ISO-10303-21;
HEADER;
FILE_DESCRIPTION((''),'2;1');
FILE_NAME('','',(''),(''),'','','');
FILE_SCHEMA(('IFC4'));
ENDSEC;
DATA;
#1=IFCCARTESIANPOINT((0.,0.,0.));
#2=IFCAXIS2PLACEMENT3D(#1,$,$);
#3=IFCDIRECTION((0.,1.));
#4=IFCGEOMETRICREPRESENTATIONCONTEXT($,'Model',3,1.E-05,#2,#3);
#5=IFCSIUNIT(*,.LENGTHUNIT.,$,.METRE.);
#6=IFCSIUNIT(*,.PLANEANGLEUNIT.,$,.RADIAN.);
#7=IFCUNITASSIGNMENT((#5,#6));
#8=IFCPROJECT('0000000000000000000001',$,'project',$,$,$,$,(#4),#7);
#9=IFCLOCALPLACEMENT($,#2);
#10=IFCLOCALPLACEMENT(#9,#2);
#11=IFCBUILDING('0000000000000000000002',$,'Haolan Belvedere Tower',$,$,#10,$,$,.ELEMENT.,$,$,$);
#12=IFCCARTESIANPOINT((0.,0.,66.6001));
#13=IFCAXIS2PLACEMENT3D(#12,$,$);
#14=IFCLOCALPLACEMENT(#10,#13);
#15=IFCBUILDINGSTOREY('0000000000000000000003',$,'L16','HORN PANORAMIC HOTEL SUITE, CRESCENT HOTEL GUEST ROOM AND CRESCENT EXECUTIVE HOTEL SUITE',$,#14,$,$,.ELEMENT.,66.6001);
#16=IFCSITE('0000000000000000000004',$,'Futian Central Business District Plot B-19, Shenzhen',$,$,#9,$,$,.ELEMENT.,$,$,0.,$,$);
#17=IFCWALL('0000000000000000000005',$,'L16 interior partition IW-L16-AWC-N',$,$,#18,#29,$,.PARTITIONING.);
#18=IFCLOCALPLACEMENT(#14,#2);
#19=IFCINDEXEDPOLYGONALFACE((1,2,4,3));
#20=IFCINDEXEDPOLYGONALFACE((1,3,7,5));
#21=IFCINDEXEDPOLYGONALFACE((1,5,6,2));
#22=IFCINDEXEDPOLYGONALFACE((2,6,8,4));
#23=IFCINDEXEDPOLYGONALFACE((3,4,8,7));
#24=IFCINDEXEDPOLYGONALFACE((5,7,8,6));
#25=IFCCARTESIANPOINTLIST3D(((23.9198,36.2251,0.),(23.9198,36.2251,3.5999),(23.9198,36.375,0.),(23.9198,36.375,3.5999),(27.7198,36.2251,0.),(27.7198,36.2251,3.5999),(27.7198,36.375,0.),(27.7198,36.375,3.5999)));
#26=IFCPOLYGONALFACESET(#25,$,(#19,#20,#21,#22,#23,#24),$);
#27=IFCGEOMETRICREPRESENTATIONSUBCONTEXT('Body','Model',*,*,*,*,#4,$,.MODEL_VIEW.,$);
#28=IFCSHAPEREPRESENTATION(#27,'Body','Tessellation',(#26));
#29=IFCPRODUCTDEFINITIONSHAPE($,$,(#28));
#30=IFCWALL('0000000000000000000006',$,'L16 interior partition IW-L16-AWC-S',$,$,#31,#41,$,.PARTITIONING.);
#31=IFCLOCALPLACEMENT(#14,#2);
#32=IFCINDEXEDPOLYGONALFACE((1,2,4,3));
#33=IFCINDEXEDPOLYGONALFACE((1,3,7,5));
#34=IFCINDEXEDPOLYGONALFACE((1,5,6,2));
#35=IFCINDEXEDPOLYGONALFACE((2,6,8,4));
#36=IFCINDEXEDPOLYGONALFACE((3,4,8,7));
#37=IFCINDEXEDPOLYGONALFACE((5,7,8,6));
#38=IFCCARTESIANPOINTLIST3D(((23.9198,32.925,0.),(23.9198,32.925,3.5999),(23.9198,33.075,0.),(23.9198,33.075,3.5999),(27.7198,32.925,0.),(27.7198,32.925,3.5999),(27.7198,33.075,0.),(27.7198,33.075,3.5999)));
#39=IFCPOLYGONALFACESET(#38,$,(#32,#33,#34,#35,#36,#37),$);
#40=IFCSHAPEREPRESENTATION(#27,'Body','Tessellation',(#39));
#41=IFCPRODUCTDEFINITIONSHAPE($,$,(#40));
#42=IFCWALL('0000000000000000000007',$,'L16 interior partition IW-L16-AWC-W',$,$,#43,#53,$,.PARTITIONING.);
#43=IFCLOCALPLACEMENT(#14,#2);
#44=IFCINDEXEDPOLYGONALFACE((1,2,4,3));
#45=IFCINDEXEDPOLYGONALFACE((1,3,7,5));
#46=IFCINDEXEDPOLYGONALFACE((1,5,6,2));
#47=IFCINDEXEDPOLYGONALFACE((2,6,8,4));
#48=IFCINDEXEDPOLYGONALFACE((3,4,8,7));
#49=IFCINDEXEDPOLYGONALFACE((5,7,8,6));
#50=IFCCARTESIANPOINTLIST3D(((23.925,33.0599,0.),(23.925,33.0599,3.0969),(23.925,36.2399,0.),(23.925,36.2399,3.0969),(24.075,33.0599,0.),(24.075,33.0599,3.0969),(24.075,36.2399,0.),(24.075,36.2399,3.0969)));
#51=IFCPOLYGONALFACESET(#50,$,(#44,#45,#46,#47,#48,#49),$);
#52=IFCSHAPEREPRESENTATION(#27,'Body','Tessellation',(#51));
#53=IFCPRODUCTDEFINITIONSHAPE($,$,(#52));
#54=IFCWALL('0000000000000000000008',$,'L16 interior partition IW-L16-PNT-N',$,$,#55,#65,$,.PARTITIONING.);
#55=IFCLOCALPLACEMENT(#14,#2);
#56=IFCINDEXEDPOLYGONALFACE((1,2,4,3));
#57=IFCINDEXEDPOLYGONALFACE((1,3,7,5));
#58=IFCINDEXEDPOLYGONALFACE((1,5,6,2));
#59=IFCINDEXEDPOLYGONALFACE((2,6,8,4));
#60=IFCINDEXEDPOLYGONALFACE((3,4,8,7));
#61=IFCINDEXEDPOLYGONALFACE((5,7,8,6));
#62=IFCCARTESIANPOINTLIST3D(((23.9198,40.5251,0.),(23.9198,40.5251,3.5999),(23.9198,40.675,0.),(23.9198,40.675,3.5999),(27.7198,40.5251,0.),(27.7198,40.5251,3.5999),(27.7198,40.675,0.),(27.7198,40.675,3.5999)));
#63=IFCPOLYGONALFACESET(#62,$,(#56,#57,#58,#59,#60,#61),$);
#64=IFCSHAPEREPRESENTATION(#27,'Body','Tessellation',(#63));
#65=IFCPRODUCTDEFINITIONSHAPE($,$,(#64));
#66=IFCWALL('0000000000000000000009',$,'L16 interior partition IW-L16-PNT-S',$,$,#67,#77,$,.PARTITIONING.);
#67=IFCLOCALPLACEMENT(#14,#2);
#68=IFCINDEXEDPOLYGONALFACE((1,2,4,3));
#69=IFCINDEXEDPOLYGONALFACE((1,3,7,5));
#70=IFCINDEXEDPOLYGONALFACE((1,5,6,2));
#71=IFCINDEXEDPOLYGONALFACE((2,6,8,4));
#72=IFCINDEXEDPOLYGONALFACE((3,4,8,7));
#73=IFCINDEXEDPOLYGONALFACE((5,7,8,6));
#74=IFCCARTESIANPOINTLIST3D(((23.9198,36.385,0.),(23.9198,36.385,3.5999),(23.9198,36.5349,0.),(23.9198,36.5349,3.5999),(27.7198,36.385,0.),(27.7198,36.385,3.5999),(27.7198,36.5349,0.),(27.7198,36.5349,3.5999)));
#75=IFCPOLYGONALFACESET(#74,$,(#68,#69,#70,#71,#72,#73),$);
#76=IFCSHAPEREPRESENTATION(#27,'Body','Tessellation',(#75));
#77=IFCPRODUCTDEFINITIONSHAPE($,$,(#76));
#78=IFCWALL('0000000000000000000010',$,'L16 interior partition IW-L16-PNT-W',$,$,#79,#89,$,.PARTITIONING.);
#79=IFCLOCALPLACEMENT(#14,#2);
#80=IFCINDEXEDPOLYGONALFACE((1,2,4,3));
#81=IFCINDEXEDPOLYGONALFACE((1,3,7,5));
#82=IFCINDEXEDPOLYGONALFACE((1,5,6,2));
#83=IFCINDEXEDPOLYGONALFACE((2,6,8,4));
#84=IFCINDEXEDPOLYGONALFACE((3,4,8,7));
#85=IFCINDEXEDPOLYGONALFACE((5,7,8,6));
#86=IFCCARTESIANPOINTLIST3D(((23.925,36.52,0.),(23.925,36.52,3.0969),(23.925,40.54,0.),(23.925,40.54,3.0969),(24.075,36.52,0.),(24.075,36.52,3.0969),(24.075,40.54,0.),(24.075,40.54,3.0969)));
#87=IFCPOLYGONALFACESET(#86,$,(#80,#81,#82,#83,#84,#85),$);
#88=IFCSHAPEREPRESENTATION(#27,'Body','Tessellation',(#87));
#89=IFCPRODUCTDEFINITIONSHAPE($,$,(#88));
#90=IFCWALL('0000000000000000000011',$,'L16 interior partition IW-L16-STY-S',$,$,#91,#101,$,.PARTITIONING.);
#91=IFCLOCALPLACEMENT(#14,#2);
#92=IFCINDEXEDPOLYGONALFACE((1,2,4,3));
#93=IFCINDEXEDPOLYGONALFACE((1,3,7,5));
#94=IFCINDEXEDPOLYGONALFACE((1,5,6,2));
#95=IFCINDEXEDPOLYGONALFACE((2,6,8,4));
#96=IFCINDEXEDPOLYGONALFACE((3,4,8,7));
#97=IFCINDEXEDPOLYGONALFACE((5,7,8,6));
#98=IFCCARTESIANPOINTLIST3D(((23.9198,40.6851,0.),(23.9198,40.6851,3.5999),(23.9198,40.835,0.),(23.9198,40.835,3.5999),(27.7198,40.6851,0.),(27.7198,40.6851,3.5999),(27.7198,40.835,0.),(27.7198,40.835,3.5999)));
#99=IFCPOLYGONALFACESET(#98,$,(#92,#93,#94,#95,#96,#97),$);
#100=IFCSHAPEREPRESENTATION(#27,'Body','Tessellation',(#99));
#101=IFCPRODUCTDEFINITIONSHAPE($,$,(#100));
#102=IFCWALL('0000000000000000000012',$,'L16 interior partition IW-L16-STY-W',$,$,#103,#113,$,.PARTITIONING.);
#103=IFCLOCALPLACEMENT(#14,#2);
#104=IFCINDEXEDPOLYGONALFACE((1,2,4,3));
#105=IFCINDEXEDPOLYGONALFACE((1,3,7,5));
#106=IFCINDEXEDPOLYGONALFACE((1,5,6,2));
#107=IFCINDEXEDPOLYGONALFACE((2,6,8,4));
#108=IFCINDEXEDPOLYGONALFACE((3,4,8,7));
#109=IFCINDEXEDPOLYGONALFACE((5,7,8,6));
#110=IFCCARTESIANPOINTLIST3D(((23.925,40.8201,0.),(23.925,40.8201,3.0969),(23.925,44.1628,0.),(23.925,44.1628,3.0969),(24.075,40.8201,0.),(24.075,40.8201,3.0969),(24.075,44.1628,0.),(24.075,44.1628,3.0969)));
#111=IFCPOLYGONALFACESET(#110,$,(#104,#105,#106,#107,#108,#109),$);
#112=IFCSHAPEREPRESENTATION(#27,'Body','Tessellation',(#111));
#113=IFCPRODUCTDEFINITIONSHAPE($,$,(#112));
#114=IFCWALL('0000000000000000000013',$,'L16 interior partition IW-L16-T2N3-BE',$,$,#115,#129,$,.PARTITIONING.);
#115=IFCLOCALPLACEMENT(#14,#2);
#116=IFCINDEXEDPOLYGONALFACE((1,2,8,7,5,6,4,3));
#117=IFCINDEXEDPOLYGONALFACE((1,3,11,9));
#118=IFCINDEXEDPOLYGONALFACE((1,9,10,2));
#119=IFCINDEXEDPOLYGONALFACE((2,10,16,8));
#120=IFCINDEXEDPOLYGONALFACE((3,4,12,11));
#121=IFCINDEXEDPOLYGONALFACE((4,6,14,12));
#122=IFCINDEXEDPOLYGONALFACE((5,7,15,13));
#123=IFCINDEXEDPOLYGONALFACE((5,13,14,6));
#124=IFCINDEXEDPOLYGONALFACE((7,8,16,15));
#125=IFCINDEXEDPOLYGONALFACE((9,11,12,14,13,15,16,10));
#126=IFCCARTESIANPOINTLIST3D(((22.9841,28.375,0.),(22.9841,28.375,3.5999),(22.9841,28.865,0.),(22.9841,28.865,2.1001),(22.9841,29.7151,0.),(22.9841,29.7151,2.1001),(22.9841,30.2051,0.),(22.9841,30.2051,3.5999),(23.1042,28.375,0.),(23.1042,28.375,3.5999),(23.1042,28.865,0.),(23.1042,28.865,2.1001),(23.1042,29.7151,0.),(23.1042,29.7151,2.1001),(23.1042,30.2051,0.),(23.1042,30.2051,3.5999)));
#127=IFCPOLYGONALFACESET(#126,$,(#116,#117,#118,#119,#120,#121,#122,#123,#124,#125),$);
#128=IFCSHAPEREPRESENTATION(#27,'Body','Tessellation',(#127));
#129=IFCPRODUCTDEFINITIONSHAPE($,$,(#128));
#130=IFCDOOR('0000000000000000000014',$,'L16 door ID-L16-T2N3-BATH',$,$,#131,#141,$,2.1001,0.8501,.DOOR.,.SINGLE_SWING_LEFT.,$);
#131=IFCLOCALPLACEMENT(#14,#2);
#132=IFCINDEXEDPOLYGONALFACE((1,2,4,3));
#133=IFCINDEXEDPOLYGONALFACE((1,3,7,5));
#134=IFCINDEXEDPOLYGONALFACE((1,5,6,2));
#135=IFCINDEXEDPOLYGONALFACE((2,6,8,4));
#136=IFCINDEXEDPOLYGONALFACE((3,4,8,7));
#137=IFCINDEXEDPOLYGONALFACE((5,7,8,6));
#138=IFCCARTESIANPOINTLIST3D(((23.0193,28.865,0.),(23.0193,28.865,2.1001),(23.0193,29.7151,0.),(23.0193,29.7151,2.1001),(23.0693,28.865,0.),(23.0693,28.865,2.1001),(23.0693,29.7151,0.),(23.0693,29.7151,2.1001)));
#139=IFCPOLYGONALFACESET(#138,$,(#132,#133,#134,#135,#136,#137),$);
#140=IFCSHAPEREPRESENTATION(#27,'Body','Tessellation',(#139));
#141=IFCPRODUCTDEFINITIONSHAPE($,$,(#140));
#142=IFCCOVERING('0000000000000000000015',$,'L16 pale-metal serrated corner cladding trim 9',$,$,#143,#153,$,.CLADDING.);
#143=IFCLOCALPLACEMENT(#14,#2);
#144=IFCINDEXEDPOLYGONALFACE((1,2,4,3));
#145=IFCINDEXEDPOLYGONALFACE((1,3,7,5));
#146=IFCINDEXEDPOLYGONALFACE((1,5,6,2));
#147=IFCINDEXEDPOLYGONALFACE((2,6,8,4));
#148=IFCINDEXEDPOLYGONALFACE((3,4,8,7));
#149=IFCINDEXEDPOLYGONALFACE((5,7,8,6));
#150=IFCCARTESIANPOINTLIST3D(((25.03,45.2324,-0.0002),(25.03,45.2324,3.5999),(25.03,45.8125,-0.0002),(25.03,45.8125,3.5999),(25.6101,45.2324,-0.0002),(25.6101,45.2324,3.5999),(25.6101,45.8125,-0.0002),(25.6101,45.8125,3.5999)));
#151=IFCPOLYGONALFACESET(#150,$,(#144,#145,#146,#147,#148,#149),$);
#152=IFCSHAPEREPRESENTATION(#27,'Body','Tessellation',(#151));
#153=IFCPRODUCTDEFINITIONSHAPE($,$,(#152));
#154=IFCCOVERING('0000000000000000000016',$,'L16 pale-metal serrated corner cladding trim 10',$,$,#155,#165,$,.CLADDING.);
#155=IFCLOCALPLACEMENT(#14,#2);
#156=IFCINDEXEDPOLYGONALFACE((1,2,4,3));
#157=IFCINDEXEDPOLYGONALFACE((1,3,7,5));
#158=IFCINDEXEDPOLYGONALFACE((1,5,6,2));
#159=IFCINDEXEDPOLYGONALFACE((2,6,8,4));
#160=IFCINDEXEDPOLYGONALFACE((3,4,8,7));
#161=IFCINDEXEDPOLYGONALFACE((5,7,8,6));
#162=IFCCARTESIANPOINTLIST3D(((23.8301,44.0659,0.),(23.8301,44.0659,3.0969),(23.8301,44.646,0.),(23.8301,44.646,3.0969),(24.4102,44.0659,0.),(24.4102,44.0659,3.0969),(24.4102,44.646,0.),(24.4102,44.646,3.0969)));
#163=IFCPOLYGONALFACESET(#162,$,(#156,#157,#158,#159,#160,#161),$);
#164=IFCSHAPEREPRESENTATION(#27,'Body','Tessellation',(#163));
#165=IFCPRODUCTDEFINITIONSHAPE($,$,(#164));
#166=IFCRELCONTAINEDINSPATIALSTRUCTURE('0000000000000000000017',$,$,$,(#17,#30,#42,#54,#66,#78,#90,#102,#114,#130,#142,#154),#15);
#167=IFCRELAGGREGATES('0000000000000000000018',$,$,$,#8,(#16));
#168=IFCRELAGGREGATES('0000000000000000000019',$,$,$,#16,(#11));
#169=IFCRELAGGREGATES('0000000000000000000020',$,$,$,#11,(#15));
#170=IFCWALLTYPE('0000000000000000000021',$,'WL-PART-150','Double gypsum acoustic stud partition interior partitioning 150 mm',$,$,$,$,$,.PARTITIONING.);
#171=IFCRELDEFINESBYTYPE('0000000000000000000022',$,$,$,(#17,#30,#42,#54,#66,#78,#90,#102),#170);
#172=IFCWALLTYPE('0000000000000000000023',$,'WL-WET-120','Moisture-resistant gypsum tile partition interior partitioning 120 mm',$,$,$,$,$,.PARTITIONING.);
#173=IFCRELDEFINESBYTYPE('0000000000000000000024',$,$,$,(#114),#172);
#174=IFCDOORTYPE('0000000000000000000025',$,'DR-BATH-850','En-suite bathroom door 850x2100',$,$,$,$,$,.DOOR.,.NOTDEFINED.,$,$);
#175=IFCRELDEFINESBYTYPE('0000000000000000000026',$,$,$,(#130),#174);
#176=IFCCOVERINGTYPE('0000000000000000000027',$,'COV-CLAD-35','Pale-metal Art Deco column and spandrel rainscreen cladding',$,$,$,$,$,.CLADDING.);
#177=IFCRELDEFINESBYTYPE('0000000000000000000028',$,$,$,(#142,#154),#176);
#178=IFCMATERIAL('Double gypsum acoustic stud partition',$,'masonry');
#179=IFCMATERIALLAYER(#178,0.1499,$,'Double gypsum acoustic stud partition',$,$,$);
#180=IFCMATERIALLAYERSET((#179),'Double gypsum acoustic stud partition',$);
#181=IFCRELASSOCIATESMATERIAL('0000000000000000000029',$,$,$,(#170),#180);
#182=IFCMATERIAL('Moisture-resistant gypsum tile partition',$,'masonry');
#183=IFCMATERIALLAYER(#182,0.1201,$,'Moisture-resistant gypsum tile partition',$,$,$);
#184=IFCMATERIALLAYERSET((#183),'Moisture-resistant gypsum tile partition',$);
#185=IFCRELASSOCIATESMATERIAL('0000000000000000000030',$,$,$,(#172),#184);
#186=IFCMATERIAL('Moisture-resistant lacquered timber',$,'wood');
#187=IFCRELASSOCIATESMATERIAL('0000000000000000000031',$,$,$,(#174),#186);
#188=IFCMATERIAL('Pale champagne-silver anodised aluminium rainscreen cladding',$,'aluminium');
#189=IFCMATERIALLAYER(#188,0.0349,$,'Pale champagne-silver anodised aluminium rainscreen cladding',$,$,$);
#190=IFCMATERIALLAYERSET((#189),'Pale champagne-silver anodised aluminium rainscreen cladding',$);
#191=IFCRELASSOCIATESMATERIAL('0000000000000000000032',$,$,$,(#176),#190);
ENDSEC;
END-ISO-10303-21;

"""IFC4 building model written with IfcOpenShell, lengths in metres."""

from ifc_helpers import new_model, si_unit, direction, frame, frame_2d, origin, origin_2d, place, context, subcontext, project, spatial, rectangle, extrude, material, layer, layer_set, type_object, element, fill, save


model = new_model("IFC4")

# Units and contexts
model_context = context("Model", 3, precision=1e-05, world=origin(), true_north=direction((0.0, 1.0)))
body_context = subcontext(model_context, "Body", "Model", "MODEL_VIEW")
ifc_project = project(units=[si_unit("LENGTHUNIT", "METRE"), si_unit("PLANEANGLEUNIT", "RADIAN")], contexts=[model_context])

# Site, building, storey
site_placement = place(None, origin())
site = spatial("IfcSite", under=ifc_project, at=site_placement, Name="Futian Central Business District Plot B-19, Shenzhen", CompositionType="ELEMENT", RefElevation=0.0)
building_placement = place(site_placement, origin())
building = spatial("IfcBuilding", under=site, at=building_placement, Name="Haolan Belvedere Tower", CompositionType="ELEMENT")
storey_placement = place(building_placement, frame((0.0, 0.0, 66.6001)))
storey = spatial("IfcBuildingStorey", under=building, at=storey_placement, Name="L16", Description="HORN PANORAMIC HOTEL SUITE, CRESCENT HOTEL GUEST ROOM AND CRESCENT EXECUTIVE HOTEL SUITE", CompositionType="ELEMENT", Elevation=66.6001)

# Walls
ifc_material_1 = material(Name="Double gypsum acoustic stud partition", Category="masonry")
ifc_layer_1 = layer(ifc_material_1, 0.1499, Name="Double gypsum acoustic stud partition")
ifc_layer_set_1 = layer_set([ifc_layer_1], Name="Double gypsum acoustic stud partition")
wall_type_1 = type_object("IfcWallType", Name="WL-PART-150", Description="Double gypsum acoustic stud partition interior partitioning 150 mm", PredefinedType="PARTITIONING", material=ifc_layer_set_1)
for number, where, z_axis, x_axis, name in (
    (1, (23.9199, 36.3, 0.0), (0.0, 0.0, 1.0), (1.0, 0.0, 0.0), "L16 interior partition IW-L16-AWC-N"),
    (2, (23.9199, 33.0, 0.0), (0.0, 0.0, 1.0), (1.0, 0.0, 0.0), "L16 interior partition IW-L16-AWC-S"),
):
    element("IfcWall", number, at=place(storey_placement, frame(where, z_axis=z_axis, x_axis=x_axis)), inside=storey, type_object=wall_type_1, Name=name, PredefinedType="PARTITIONING", context=body_context, shape_type="SweptSolid", body=[
        extrude(rectangle(XDim=3.8, YDim=0.1499, at=frame_2d((1.8999, 0.0))), origin(), (0.0, 0.0, 1.0), 3.5999),
    ])
wall_1_placement = place(storey_placement, frame((24.0, 33.0601, 0.0), z_axis=(0.0, 0.0, 1.0), x_axis=(0.0, 1.0, 0.0)))
element("IfcWall", 3, at=wall_1_placement, inside=storey, type_object=wall_type_1, Name="L16 interior partition IW-L16-AWC-W", PredefinedType="PARTITIONING", context=body_context, shape_type="SweptSolid", body=[
    extrude(rectangle(XDim=3.1799, YDim=0.1499, at=frame_2d((1.5898, 0.0))), origin(), (0.0, 0.0, 1.0), 3.0969),
])
for number, where, z_axis, x_axis, name in (
    (4, (23.9199, 40.6001, 0.0), (0.0, 0.0, 1.0), (1.0, 0.0, 0.0), "L16 interior partition IW-L16-PNT-N"),
    (5, (23.9199, 36.46, 0.0), (0.0, 0.0, 1.0), (1.0, 0.0, 0.0), "L16 interior partition IW-L16-PNT-S"),
):
    element("IfcWall", number, at=place(storey_placement, frame(where, z_axis=z_axis, x_axis=x_axis)), inside=storey, type_object=wall_type_1, Name=name, PredefinedType="PARTITIONING", context=body_context, shape_type="SweptSolid", body=[
        extrude(rectangle(XDim=3.8, YDim=0.1499, at=frame_2d((1.8999, 0.0))), origin(), (0.0, 0.0, 1.0), 3.5999),
    ])
wall_2_placement = place(storey_placement, frame((24.0, 36.52, 0.0), z_axis=(0.0, 0.0, 1.0), x_axis=(0.0, 1.0, 0.0)))
element("IfcWall", 6, at=wall_2_placement, inside=storey, type_object=wall_type_1, Name="L16 interior partition IW-L16-PNT-W", PredefinedType="PARTITIONING", context=body_context, shape_type="SweptSolid", body=[
    extrude(rectangle(XDim=4.02, YDim=0.1499, at=frame_2d((2.01, 0.0))), origin(), (0.0, 0.0, 1.0), 3.0969),
])
wall_3_placement = place(storey_placement, frame((23.9199, 40.76, 0.0), z_axis=(0.0, 0.0, 1.0), x_axis=(1.0, 0.0, 0.0)))
element("IfcWall", 7, at=wall_3_placement, inside=storey, type_object=wall_type_1, Name="L16 interior partition IW-L16-STY-S", PredefinedType="PARTITIONING", context=body_context, shape_type="SweptSolid", body=[
    extrude(rectangle(XDim=3.8, YDim=0.1499, at=frame_2d((1.8999, 0.0))), origin(), (0.0, 0.0, 1.0), 3.5999),
])
wall_4_placement = place(storey_placement, frame((24.0, 40.8201, 0.0), z_axis=(0.0, 0.0, 1.0), x_axis=(0.0, 1.0, 0.0)))
element("IfcWall", 8, at=wall_4_placement, inside=storey, type_object=wall_type_1, Name="L16 interior partition IW-L16-STY-W", PredefinedType="PARTITIONING", context=body_context, shape_type="SweptSolid", body=[
    extrude(rectangle(XDim=3.3428, YDim=0.1499, at=frame_2d((1.6714, 0.0))), origin(), (0.0, 0.0, 1.0), 3.0969),
])

# Wall, opening, door
ifc_material_2 = material(Name="Moisture-resistant gypsum tile partition", Category="masonry")
ifc_layer_2 = layer(ifc_material_2, 0.1201, Name="Moisture-resistant gypsum tile partition")
ifc_layer_set_2 = layer_set([ifc_layer_2], Name="Moisture-resistant gypsum tile partition")
wall_type_2 = type_object("IfcWallType", Name="WL-WET-120", Description="Moisture-resistant gypsum tile partition interior partitioning 120 mm", PredefinedType="PARTITIONING", material=ifc_layer_set_2)
wall_5_placement = place(storey_placement, frame((23.0442, 28.375, 0.0), z_axis=(0.0, 0.0, 1.0), x_axis=(0.0, 1.0, 0.0)))
wall_5 = element("IfcWall", 9, at=wall_5_placement, inside=storey, type_object=wall_type_2, Name="L16 interior partition IW-L16-T2N3-BE", PredefinedType="PARTITIONING", context=body_context, shape_type="SweptSolid", body=[
    extrude(rectangle(XDim=1.8301, YDim=0.1201, at=frame_2d((0.915, 0.0))), origin(), (0.0, 0.0, 1.0), 3.5999),
])
opening_1_placement = place(wall_5_placement, frame((0.49, 0.0, 0.0)))
opening_1 = element("IfcOpeningElement", 10, at=opening_1_placement, cuts=wall_5, PredefinedType="OPENING", context=body_context, shape_type="SweptSolid", body=[
    extrude(rectangle(XDim=0.8501, YDim=2.1001, at=frame_2d((0.425, 1.05))), frame((0.0, 0.0701, 0.0), z_axis=(0.0, -1.0, 0.0), x_axis=(1.0, 0.0, 0.0)), (0.0, 0.0, 1.0), 0.1401),
])
ifc_material_3 = material(Name="Moisture-resistant lacquered timber", Category="wood")
door_type = type_object("IfcDoorType", Name="DR-BATH-850", Description="En-suite bathroom door 850x2100", OperationType="NOTDEFINED", PredefinedType="DOOR", material=ifc_material_3)
door_placement = place(opening_1_placement, origin())
door = element("IfcDoor", 11, at=door_placement, inside=storey, type_object=door_type, Name="L16 door ID-L16-T2N3-BATH", OperationType="SINGLE_SWING_LEFT", OverallHeight=2.1001, OverallWidth=0.8501, PredefinedType="DOOR", context=body_context, shape_type="SweptSolid", body=[
    extrude(rectangle(XDim=0.8501, YDim=2.1001, at=frame_2d((0.425, 1.05))), frame((0.0, 0.0249, 0.0), z_axis=(0.0, -1.0, 0.0), x_axis=(1.0, 0.0, 0.0)), (0.0, 0.0, 1.0), 0.05),
])
fill(opening_1, door)

# Coverings
ifc_material_4 = material(Name="Pale champagne-silver anodised aluminium rainscreen cladding", Category="aluminium")
ifc_layer_3 = layer(ifc_material_4, 0.0349, Name="Pale champagne-silver anodised aluminium rainscreen cladding")
ifc_layer_set_3 = layer_set([ifc_layer_3], Name="Pale champagne-silver anodised aluminium rainscreen cladding")
covering_type = type_object("IfcCoveringType", Name="COV-CLAD-35", Description="Pale-metal Art Deco column and spandrel rainscreen cladding", PredefinedType="CLADDING", material=ifc_layer_set_3)
covering_1_placement = place(storey_placement, frame((25.3201, 45.5225, -0.0002), z_axis=(0.0, 0.0, 1.0), x_axis=(1.0, 0.0, 0.0)))
element("IfcCovering", 12, at=covering_1_placement, inside=storey, type_object=covering_type, Name="L16 pale-metal serrated corner cladding trim 9", PredefinedType="CLADDING", context=body_context, shape_type="SweptSolid", body=[
    extrude(rectangle(XDim=0.5801, YDim=0.5801, at=origin_2d()), origin(), (0.0, 0.0, 1.0), 3.6001),
])
covering_2_placement = place(storey_placement, frame((24.1201, 44.356, 0.0), z_axis=(0.0, 0.0, 1.0), x_axis=(1.0, 0.0, 0.0)))
element("IfcCovering", 13, at=covering_2_placement, inside=storey, type_object=covering_type, Name="L16 pale-metal serrated corner cladding trim 10", PredefinedType="CLADDING", context=body_context, shape_type="SweptSolid", body=[
    extrude(rectangle(XDim=0.5801, YDim=0.5801, at=origin_2d()), origin(), (0.0, 0.0, 1.0), 3.0969),
])

save(model, "model.ifc")
